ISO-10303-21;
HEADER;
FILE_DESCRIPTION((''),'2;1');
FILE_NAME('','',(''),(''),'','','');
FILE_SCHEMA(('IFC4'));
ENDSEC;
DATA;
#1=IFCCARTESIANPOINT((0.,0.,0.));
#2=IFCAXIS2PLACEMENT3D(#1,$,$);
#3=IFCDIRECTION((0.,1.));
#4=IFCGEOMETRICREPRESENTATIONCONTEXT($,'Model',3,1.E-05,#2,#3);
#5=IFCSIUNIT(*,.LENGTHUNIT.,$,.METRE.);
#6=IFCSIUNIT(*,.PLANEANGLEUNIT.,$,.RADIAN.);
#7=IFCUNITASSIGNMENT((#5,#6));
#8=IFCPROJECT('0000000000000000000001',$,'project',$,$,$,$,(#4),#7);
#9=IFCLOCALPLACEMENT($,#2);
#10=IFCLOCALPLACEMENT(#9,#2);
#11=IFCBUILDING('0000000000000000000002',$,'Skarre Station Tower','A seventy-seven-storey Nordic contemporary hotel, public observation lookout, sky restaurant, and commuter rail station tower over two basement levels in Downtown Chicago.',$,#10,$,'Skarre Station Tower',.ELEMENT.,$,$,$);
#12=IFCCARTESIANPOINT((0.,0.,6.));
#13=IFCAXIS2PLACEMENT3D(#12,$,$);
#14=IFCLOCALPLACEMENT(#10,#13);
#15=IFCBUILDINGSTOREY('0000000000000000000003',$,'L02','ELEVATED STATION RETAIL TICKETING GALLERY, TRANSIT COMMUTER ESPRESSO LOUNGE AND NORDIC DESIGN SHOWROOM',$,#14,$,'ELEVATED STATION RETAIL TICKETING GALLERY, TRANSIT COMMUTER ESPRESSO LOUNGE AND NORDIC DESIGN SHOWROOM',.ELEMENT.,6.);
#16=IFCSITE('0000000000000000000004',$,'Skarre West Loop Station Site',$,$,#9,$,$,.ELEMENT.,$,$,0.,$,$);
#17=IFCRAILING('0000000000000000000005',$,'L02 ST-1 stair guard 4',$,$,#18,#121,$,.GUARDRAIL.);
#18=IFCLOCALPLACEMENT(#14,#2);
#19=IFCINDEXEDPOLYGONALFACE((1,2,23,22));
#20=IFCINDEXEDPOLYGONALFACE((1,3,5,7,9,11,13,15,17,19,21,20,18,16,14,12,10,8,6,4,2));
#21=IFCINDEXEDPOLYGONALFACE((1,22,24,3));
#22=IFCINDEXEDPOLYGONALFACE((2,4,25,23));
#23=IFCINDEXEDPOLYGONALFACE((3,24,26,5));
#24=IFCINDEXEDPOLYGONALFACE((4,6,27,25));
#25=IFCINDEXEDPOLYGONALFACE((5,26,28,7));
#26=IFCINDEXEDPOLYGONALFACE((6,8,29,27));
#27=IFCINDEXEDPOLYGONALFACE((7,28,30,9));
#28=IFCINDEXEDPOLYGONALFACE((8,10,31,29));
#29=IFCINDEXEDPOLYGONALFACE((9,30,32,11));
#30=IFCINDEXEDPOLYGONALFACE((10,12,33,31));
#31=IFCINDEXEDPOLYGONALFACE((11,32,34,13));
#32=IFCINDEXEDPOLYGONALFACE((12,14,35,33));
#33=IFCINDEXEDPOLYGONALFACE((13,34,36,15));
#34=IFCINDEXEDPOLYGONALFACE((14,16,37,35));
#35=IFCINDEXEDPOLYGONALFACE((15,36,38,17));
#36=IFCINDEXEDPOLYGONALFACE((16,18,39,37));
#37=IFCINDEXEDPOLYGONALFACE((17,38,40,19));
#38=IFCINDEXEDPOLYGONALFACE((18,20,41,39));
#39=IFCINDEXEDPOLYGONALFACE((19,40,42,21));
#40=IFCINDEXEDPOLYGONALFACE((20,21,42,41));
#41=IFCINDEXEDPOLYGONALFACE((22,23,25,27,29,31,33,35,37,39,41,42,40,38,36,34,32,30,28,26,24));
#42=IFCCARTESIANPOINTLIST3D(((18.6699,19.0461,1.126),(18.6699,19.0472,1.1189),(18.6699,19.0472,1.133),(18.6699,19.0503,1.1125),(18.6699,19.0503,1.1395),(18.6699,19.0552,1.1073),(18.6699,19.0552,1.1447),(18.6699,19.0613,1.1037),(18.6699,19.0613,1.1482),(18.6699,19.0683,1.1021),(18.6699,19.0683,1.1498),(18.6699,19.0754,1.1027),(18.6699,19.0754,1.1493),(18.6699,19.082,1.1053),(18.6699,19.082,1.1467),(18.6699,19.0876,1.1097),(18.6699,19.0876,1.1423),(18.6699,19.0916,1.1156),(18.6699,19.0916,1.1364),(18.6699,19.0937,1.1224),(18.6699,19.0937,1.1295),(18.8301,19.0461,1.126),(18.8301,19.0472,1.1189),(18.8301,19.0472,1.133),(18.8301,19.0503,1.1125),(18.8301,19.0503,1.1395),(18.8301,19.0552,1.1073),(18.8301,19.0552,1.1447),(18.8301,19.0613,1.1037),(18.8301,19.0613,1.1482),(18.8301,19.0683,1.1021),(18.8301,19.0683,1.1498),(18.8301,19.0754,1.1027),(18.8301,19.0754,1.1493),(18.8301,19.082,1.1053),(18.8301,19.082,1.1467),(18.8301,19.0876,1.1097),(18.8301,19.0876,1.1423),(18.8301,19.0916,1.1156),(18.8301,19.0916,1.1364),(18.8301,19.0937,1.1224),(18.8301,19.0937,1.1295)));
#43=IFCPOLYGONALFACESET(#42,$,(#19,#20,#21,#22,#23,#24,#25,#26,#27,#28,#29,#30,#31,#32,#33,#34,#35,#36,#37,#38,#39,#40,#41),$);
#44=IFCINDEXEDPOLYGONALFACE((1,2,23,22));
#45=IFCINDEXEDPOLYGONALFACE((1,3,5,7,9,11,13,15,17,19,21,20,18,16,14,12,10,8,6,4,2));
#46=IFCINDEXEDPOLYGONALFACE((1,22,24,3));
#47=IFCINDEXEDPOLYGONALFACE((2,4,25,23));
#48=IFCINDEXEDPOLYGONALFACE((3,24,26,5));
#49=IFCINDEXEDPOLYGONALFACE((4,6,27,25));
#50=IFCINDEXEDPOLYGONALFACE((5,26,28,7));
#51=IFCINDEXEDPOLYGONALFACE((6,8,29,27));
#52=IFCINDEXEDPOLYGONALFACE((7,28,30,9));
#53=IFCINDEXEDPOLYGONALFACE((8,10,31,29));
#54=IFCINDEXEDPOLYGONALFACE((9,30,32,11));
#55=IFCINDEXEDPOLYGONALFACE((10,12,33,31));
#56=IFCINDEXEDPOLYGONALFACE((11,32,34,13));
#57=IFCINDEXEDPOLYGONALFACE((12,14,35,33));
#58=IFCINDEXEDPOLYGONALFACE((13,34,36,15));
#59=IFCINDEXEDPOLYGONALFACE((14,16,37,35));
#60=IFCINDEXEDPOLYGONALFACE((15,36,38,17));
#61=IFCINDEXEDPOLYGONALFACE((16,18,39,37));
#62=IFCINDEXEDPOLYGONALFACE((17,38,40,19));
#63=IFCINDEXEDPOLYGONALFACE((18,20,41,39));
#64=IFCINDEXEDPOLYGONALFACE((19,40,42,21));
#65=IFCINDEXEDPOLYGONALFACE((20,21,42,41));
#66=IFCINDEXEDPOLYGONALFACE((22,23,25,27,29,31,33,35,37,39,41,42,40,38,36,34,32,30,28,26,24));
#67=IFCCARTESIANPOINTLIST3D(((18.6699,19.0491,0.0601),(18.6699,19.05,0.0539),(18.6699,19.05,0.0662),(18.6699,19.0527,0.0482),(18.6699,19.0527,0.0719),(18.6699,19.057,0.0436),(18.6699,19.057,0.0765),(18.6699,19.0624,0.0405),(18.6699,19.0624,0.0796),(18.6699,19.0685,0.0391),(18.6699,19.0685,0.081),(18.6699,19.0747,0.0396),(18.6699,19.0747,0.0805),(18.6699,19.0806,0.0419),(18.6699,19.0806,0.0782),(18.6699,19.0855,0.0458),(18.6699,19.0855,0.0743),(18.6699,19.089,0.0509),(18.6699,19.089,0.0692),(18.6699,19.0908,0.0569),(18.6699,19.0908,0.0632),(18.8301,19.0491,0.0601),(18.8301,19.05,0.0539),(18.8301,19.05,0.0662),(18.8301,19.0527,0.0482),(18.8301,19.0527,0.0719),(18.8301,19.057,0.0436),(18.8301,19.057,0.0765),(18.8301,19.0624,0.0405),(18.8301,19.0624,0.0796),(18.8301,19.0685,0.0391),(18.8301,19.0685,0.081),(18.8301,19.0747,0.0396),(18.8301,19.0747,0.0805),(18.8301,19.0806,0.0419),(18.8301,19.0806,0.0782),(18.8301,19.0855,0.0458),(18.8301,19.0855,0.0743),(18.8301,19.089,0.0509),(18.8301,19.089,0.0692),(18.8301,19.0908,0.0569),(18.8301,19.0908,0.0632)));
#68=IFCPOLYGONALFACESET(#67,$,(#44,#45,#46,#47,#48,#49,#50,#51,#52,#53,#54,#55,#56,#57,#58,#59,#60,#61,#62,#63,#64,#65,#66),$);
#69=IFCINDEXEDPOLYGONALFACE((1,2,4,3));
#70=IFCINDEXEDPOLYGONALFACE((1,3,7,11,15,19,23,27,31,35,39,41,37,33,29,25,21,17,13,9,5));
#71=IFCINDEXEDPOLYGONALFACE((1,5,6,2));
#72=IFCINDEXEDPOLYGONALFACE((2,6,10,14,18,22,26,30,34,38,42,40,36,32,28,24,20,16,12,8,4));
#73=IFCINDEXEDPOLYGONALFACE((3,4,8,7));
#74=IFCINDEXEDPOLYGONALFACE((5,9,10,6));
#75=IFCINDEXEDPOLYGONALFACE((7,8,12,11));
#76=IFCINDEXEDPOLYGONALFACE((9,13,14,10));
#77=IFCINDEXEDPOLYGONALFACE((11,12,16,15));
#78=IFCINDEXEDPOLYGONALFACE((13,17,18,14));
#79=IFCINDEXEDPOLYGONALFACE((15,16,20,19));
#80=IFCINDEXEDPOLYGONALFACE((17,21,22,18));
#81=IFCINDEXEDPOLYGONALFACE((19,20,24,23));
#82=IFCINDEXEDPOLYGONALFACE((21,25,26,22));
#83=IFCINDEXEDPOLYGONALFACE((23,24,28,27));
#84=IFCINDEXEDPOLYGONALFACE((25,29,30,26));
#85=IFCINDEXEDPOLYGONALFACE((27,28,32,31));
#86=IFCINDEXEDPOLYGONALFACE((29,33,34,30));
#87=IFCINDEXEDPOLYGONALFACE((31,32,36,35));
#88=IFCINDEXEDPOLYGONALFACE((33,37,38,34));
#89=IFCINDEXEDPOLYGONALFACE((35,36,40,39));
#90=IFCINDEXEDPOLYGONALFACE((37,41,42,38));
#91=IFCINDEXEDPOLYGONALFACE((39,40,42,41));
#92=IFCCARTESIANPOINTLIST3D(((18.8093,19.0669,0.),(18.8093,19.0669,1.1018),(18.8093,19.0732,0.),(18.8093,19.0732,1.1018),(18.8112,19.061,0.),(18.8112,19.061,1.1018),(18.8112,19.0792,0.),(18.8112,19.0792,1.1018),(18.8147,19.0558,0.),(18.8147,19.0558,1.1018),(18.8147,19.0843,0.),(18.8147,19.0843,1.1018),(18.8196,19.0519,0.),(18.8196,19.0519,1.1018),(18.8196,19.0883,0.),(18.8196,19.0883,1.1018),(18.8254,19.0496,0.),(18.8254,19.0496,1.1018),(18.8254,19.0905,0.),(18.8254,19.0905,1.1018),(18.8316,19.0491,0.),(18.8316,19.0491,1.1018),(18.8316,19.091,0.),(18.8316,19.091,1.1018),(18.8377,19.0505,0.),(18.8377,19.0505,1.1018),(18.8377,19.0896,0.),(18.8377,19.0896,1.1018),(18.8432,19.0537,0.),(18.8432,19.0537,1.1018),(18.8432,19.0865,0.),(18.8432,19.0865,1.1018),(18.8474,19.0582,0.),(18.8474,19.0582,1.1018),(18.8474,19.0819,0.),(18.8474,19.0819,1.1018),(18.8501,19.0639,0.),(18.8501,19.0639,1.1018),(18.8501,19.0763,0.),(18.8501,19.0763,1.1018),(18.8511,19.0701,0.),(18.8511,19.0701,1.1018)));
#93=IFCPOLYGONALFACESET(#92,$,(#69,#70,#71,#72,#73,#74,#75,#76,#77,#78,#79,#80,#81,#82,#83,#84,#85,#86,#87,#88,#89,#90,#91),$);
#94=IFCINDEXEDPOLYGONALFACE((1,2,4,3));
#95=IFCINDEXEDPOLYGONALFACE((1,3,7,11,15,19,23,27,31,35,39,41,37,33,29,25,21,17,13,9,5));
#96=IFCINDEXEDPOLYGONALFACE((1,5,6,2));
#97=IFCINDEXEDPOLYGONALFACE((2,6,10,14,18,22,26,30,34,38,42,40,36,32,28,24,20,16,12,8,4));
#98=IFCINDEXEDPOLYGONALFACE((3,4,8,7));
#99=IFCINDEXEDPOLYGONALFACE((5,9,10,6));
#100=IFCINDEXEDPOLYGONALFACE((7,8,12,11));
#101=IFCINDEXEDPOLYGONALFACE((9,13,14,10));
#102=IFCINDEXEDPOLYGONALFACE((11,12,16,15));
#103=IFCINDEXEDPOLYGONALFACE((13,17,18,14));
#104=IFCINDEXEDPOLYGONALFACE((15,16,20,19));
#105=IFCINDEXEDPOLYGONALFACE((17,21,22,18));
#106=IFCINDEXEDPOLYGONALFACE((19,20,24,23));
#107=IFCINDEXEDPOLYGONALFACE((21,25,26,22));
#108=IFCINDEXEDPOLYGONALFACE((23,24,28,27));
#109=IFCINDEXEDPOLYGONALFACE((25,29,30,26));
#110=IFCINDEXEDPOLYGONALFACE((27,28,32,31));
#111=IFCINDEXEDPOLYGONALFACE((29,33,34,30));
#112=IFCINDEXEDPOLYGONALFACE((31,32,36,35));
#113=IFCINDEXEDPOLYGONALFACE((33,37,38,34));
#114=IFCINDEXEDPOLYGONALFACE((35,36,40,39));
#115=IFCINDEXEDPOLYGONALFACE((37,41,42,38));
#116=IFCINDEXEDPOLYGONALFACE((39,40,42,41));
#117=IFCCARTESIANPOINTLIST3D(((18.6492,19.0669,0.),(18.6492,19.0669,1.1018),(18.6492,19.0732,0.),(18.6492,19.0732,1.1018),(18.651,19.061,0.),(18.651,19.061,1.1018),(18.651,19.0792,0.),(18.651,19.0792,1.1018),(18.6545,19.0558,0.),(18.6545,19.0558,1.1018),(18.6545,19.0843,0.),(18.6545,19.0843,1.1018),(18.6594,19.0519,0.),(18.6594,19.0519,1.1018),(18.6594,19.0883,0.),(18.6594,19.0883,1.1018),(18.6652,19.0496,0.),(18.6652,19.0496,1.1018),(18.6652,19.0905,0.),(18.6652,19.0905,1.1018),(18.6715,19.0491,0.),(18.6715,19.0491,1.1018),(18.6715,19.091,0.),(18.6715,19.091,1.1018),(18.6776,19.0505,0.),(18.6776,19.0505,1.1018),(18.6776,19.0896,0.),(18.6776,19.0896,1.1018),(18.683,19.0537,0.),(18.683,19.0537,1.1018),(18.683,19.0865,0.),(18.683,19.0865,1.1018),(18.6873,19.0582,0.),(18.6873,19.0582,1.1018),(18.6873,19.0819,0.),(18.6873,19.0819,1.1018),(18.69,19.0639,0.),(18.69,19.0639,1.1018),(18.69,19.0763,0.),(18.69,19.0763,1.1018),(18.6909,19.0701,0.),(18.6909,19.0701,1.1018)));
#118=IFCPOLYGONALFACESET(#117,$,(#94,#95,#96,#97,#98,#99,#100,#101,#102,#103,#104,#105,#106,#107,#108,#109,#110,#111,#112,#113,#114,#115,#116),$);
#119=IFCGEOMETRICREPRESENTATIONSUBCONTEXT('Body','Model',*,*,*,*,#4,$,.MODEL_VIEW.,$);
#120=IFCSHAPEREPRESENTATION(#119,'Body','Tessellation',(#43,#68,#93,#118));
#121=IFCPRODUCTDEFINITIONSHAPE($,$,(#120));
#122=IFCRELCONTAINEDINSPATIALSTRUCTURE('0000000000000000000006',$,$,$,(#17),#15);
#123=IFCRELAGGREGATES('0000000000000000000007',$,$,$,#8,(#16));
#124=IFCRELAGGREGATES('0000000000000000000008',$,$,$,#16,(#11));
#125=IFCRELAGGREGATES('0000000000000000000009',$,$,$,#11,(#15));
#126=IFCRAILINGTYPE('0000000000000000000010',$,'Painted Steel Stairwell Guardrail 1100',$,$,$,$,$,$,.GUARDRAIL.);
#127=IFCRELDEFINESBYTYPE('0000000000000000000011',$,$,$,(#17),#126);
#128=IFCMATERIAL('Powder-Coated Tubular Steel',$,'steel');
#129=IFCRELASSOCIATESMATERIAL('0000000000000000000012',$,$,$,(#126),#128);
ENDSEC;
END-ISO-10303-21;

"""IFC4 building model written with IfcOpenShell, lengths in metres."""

from ifc_helpers import new_model, si_unit, direction, frame, origin, origin_2d, place, context, subcontext, project, spatial, circle, extrude, material, type_object, element, save


model = new_model("IFC4")

# Units and contexts
model_context = context("Model", 3, precision=1e-05, world=origin(), true_north=direction((0.0, 1.0)))
body_context = subcontext(model_context, "Body", "Model", "MODEL_VIEW")
ifc_project = project(units=[si_unit("LENGTHUNIT", "METRE"), si_unit("PLANEANGLEUNIT", "RADIAN")], contexts=[model_context])

# Site, building, storey
site_placement = place(None, origin())
site = spatial("IfcSite", under=ifc_project, at=site_placement, Name="Skarre West Loop Station Site", CompositionType="ELEMENT", RefElevation=0.0)
building_placement = place(site_placement, origin())
building = spatial("IfcBuilding", under=site, at=building_placement, Name="Skarre Station Tower", Description="A seventy-seven-storey Nordic contemporary hotel, public observation lookout, sky restaurant, and commuter rail station tower over two basement levels in Downtown Chicago.", LongName="Skarre Station Tower", CompositionType="ELEMENT")
storey_placement = place(building_placement, frame((0.0, 0.0, 6.0)))
storey = spatial("IfcBuildingStorey", under=building, at=storey_placement, Name="L02", Description="ELEVATED STATION RETAIL TICKETING GALLERY, TRANSIT COMMUTER ESPRESSO LOUNGE AND NORDIC DESIGN SHOWROOM", LongName="ELEVATED STATION RETAIL TICKETING GALLERY, TRANSIT COMMUTER ESPRESSO LOUNGE AND NORDIC DESIGN SHOWROOM", CompositionType="ELEMENT", Elevation=6.0)

# Railing
ifc_material_1 = material(Name="Powder-Coated Tubular Steel", Category="steel")
railing_type_1 = type_object("IfcRailingType", Name="Painted Steel Stairwell Guardrail 1100", PredefinedType="GUARDRAIL", material=ifc_material_1)
railing_1_placement = place(storey_placement, frame((18.8301, 19.0701, 0.0)))
element("IfcRailing", 1, at=railing_1_placement, inside=storey, type_object=railing_type_1, Name="L02 ST-1 stair guard 4", PredefinedType="GUARDRAIL", context=body_context, shape_type="SweptSolid", body=[
    extrude(circle(Radius=0.0239, at=origin_2d()), frame((0.0, 0.0, 1.126), z_axis=(-1.0, 0.0, 0.0), x_axis=(0.0, -1.0, 0.0)), (0.0, 0.0, 1.0), 0.1602),
    extrude(circle(Radius=0.021, at=origin_2d()), frame((0.0, 0.0, 0.0601), z_axis=(-1.0, 0.0, 0.0), x_axis=(0.0, -1.0, 0.0)), (0.0, 0.0, 1.0), 0.1602),
    extrude(circle(Radius=0.021, at=origin_2d()), origin(), (0.0, 0.0, 1.0), 1.1018),
    extrude(circle(Radius=0.021, at=origin_2d()), frame((-0.1602, 0.0, 0.0)), (0.0, 0.0, 1.0), 1.1018),
])

save(model, "model.ifc")
